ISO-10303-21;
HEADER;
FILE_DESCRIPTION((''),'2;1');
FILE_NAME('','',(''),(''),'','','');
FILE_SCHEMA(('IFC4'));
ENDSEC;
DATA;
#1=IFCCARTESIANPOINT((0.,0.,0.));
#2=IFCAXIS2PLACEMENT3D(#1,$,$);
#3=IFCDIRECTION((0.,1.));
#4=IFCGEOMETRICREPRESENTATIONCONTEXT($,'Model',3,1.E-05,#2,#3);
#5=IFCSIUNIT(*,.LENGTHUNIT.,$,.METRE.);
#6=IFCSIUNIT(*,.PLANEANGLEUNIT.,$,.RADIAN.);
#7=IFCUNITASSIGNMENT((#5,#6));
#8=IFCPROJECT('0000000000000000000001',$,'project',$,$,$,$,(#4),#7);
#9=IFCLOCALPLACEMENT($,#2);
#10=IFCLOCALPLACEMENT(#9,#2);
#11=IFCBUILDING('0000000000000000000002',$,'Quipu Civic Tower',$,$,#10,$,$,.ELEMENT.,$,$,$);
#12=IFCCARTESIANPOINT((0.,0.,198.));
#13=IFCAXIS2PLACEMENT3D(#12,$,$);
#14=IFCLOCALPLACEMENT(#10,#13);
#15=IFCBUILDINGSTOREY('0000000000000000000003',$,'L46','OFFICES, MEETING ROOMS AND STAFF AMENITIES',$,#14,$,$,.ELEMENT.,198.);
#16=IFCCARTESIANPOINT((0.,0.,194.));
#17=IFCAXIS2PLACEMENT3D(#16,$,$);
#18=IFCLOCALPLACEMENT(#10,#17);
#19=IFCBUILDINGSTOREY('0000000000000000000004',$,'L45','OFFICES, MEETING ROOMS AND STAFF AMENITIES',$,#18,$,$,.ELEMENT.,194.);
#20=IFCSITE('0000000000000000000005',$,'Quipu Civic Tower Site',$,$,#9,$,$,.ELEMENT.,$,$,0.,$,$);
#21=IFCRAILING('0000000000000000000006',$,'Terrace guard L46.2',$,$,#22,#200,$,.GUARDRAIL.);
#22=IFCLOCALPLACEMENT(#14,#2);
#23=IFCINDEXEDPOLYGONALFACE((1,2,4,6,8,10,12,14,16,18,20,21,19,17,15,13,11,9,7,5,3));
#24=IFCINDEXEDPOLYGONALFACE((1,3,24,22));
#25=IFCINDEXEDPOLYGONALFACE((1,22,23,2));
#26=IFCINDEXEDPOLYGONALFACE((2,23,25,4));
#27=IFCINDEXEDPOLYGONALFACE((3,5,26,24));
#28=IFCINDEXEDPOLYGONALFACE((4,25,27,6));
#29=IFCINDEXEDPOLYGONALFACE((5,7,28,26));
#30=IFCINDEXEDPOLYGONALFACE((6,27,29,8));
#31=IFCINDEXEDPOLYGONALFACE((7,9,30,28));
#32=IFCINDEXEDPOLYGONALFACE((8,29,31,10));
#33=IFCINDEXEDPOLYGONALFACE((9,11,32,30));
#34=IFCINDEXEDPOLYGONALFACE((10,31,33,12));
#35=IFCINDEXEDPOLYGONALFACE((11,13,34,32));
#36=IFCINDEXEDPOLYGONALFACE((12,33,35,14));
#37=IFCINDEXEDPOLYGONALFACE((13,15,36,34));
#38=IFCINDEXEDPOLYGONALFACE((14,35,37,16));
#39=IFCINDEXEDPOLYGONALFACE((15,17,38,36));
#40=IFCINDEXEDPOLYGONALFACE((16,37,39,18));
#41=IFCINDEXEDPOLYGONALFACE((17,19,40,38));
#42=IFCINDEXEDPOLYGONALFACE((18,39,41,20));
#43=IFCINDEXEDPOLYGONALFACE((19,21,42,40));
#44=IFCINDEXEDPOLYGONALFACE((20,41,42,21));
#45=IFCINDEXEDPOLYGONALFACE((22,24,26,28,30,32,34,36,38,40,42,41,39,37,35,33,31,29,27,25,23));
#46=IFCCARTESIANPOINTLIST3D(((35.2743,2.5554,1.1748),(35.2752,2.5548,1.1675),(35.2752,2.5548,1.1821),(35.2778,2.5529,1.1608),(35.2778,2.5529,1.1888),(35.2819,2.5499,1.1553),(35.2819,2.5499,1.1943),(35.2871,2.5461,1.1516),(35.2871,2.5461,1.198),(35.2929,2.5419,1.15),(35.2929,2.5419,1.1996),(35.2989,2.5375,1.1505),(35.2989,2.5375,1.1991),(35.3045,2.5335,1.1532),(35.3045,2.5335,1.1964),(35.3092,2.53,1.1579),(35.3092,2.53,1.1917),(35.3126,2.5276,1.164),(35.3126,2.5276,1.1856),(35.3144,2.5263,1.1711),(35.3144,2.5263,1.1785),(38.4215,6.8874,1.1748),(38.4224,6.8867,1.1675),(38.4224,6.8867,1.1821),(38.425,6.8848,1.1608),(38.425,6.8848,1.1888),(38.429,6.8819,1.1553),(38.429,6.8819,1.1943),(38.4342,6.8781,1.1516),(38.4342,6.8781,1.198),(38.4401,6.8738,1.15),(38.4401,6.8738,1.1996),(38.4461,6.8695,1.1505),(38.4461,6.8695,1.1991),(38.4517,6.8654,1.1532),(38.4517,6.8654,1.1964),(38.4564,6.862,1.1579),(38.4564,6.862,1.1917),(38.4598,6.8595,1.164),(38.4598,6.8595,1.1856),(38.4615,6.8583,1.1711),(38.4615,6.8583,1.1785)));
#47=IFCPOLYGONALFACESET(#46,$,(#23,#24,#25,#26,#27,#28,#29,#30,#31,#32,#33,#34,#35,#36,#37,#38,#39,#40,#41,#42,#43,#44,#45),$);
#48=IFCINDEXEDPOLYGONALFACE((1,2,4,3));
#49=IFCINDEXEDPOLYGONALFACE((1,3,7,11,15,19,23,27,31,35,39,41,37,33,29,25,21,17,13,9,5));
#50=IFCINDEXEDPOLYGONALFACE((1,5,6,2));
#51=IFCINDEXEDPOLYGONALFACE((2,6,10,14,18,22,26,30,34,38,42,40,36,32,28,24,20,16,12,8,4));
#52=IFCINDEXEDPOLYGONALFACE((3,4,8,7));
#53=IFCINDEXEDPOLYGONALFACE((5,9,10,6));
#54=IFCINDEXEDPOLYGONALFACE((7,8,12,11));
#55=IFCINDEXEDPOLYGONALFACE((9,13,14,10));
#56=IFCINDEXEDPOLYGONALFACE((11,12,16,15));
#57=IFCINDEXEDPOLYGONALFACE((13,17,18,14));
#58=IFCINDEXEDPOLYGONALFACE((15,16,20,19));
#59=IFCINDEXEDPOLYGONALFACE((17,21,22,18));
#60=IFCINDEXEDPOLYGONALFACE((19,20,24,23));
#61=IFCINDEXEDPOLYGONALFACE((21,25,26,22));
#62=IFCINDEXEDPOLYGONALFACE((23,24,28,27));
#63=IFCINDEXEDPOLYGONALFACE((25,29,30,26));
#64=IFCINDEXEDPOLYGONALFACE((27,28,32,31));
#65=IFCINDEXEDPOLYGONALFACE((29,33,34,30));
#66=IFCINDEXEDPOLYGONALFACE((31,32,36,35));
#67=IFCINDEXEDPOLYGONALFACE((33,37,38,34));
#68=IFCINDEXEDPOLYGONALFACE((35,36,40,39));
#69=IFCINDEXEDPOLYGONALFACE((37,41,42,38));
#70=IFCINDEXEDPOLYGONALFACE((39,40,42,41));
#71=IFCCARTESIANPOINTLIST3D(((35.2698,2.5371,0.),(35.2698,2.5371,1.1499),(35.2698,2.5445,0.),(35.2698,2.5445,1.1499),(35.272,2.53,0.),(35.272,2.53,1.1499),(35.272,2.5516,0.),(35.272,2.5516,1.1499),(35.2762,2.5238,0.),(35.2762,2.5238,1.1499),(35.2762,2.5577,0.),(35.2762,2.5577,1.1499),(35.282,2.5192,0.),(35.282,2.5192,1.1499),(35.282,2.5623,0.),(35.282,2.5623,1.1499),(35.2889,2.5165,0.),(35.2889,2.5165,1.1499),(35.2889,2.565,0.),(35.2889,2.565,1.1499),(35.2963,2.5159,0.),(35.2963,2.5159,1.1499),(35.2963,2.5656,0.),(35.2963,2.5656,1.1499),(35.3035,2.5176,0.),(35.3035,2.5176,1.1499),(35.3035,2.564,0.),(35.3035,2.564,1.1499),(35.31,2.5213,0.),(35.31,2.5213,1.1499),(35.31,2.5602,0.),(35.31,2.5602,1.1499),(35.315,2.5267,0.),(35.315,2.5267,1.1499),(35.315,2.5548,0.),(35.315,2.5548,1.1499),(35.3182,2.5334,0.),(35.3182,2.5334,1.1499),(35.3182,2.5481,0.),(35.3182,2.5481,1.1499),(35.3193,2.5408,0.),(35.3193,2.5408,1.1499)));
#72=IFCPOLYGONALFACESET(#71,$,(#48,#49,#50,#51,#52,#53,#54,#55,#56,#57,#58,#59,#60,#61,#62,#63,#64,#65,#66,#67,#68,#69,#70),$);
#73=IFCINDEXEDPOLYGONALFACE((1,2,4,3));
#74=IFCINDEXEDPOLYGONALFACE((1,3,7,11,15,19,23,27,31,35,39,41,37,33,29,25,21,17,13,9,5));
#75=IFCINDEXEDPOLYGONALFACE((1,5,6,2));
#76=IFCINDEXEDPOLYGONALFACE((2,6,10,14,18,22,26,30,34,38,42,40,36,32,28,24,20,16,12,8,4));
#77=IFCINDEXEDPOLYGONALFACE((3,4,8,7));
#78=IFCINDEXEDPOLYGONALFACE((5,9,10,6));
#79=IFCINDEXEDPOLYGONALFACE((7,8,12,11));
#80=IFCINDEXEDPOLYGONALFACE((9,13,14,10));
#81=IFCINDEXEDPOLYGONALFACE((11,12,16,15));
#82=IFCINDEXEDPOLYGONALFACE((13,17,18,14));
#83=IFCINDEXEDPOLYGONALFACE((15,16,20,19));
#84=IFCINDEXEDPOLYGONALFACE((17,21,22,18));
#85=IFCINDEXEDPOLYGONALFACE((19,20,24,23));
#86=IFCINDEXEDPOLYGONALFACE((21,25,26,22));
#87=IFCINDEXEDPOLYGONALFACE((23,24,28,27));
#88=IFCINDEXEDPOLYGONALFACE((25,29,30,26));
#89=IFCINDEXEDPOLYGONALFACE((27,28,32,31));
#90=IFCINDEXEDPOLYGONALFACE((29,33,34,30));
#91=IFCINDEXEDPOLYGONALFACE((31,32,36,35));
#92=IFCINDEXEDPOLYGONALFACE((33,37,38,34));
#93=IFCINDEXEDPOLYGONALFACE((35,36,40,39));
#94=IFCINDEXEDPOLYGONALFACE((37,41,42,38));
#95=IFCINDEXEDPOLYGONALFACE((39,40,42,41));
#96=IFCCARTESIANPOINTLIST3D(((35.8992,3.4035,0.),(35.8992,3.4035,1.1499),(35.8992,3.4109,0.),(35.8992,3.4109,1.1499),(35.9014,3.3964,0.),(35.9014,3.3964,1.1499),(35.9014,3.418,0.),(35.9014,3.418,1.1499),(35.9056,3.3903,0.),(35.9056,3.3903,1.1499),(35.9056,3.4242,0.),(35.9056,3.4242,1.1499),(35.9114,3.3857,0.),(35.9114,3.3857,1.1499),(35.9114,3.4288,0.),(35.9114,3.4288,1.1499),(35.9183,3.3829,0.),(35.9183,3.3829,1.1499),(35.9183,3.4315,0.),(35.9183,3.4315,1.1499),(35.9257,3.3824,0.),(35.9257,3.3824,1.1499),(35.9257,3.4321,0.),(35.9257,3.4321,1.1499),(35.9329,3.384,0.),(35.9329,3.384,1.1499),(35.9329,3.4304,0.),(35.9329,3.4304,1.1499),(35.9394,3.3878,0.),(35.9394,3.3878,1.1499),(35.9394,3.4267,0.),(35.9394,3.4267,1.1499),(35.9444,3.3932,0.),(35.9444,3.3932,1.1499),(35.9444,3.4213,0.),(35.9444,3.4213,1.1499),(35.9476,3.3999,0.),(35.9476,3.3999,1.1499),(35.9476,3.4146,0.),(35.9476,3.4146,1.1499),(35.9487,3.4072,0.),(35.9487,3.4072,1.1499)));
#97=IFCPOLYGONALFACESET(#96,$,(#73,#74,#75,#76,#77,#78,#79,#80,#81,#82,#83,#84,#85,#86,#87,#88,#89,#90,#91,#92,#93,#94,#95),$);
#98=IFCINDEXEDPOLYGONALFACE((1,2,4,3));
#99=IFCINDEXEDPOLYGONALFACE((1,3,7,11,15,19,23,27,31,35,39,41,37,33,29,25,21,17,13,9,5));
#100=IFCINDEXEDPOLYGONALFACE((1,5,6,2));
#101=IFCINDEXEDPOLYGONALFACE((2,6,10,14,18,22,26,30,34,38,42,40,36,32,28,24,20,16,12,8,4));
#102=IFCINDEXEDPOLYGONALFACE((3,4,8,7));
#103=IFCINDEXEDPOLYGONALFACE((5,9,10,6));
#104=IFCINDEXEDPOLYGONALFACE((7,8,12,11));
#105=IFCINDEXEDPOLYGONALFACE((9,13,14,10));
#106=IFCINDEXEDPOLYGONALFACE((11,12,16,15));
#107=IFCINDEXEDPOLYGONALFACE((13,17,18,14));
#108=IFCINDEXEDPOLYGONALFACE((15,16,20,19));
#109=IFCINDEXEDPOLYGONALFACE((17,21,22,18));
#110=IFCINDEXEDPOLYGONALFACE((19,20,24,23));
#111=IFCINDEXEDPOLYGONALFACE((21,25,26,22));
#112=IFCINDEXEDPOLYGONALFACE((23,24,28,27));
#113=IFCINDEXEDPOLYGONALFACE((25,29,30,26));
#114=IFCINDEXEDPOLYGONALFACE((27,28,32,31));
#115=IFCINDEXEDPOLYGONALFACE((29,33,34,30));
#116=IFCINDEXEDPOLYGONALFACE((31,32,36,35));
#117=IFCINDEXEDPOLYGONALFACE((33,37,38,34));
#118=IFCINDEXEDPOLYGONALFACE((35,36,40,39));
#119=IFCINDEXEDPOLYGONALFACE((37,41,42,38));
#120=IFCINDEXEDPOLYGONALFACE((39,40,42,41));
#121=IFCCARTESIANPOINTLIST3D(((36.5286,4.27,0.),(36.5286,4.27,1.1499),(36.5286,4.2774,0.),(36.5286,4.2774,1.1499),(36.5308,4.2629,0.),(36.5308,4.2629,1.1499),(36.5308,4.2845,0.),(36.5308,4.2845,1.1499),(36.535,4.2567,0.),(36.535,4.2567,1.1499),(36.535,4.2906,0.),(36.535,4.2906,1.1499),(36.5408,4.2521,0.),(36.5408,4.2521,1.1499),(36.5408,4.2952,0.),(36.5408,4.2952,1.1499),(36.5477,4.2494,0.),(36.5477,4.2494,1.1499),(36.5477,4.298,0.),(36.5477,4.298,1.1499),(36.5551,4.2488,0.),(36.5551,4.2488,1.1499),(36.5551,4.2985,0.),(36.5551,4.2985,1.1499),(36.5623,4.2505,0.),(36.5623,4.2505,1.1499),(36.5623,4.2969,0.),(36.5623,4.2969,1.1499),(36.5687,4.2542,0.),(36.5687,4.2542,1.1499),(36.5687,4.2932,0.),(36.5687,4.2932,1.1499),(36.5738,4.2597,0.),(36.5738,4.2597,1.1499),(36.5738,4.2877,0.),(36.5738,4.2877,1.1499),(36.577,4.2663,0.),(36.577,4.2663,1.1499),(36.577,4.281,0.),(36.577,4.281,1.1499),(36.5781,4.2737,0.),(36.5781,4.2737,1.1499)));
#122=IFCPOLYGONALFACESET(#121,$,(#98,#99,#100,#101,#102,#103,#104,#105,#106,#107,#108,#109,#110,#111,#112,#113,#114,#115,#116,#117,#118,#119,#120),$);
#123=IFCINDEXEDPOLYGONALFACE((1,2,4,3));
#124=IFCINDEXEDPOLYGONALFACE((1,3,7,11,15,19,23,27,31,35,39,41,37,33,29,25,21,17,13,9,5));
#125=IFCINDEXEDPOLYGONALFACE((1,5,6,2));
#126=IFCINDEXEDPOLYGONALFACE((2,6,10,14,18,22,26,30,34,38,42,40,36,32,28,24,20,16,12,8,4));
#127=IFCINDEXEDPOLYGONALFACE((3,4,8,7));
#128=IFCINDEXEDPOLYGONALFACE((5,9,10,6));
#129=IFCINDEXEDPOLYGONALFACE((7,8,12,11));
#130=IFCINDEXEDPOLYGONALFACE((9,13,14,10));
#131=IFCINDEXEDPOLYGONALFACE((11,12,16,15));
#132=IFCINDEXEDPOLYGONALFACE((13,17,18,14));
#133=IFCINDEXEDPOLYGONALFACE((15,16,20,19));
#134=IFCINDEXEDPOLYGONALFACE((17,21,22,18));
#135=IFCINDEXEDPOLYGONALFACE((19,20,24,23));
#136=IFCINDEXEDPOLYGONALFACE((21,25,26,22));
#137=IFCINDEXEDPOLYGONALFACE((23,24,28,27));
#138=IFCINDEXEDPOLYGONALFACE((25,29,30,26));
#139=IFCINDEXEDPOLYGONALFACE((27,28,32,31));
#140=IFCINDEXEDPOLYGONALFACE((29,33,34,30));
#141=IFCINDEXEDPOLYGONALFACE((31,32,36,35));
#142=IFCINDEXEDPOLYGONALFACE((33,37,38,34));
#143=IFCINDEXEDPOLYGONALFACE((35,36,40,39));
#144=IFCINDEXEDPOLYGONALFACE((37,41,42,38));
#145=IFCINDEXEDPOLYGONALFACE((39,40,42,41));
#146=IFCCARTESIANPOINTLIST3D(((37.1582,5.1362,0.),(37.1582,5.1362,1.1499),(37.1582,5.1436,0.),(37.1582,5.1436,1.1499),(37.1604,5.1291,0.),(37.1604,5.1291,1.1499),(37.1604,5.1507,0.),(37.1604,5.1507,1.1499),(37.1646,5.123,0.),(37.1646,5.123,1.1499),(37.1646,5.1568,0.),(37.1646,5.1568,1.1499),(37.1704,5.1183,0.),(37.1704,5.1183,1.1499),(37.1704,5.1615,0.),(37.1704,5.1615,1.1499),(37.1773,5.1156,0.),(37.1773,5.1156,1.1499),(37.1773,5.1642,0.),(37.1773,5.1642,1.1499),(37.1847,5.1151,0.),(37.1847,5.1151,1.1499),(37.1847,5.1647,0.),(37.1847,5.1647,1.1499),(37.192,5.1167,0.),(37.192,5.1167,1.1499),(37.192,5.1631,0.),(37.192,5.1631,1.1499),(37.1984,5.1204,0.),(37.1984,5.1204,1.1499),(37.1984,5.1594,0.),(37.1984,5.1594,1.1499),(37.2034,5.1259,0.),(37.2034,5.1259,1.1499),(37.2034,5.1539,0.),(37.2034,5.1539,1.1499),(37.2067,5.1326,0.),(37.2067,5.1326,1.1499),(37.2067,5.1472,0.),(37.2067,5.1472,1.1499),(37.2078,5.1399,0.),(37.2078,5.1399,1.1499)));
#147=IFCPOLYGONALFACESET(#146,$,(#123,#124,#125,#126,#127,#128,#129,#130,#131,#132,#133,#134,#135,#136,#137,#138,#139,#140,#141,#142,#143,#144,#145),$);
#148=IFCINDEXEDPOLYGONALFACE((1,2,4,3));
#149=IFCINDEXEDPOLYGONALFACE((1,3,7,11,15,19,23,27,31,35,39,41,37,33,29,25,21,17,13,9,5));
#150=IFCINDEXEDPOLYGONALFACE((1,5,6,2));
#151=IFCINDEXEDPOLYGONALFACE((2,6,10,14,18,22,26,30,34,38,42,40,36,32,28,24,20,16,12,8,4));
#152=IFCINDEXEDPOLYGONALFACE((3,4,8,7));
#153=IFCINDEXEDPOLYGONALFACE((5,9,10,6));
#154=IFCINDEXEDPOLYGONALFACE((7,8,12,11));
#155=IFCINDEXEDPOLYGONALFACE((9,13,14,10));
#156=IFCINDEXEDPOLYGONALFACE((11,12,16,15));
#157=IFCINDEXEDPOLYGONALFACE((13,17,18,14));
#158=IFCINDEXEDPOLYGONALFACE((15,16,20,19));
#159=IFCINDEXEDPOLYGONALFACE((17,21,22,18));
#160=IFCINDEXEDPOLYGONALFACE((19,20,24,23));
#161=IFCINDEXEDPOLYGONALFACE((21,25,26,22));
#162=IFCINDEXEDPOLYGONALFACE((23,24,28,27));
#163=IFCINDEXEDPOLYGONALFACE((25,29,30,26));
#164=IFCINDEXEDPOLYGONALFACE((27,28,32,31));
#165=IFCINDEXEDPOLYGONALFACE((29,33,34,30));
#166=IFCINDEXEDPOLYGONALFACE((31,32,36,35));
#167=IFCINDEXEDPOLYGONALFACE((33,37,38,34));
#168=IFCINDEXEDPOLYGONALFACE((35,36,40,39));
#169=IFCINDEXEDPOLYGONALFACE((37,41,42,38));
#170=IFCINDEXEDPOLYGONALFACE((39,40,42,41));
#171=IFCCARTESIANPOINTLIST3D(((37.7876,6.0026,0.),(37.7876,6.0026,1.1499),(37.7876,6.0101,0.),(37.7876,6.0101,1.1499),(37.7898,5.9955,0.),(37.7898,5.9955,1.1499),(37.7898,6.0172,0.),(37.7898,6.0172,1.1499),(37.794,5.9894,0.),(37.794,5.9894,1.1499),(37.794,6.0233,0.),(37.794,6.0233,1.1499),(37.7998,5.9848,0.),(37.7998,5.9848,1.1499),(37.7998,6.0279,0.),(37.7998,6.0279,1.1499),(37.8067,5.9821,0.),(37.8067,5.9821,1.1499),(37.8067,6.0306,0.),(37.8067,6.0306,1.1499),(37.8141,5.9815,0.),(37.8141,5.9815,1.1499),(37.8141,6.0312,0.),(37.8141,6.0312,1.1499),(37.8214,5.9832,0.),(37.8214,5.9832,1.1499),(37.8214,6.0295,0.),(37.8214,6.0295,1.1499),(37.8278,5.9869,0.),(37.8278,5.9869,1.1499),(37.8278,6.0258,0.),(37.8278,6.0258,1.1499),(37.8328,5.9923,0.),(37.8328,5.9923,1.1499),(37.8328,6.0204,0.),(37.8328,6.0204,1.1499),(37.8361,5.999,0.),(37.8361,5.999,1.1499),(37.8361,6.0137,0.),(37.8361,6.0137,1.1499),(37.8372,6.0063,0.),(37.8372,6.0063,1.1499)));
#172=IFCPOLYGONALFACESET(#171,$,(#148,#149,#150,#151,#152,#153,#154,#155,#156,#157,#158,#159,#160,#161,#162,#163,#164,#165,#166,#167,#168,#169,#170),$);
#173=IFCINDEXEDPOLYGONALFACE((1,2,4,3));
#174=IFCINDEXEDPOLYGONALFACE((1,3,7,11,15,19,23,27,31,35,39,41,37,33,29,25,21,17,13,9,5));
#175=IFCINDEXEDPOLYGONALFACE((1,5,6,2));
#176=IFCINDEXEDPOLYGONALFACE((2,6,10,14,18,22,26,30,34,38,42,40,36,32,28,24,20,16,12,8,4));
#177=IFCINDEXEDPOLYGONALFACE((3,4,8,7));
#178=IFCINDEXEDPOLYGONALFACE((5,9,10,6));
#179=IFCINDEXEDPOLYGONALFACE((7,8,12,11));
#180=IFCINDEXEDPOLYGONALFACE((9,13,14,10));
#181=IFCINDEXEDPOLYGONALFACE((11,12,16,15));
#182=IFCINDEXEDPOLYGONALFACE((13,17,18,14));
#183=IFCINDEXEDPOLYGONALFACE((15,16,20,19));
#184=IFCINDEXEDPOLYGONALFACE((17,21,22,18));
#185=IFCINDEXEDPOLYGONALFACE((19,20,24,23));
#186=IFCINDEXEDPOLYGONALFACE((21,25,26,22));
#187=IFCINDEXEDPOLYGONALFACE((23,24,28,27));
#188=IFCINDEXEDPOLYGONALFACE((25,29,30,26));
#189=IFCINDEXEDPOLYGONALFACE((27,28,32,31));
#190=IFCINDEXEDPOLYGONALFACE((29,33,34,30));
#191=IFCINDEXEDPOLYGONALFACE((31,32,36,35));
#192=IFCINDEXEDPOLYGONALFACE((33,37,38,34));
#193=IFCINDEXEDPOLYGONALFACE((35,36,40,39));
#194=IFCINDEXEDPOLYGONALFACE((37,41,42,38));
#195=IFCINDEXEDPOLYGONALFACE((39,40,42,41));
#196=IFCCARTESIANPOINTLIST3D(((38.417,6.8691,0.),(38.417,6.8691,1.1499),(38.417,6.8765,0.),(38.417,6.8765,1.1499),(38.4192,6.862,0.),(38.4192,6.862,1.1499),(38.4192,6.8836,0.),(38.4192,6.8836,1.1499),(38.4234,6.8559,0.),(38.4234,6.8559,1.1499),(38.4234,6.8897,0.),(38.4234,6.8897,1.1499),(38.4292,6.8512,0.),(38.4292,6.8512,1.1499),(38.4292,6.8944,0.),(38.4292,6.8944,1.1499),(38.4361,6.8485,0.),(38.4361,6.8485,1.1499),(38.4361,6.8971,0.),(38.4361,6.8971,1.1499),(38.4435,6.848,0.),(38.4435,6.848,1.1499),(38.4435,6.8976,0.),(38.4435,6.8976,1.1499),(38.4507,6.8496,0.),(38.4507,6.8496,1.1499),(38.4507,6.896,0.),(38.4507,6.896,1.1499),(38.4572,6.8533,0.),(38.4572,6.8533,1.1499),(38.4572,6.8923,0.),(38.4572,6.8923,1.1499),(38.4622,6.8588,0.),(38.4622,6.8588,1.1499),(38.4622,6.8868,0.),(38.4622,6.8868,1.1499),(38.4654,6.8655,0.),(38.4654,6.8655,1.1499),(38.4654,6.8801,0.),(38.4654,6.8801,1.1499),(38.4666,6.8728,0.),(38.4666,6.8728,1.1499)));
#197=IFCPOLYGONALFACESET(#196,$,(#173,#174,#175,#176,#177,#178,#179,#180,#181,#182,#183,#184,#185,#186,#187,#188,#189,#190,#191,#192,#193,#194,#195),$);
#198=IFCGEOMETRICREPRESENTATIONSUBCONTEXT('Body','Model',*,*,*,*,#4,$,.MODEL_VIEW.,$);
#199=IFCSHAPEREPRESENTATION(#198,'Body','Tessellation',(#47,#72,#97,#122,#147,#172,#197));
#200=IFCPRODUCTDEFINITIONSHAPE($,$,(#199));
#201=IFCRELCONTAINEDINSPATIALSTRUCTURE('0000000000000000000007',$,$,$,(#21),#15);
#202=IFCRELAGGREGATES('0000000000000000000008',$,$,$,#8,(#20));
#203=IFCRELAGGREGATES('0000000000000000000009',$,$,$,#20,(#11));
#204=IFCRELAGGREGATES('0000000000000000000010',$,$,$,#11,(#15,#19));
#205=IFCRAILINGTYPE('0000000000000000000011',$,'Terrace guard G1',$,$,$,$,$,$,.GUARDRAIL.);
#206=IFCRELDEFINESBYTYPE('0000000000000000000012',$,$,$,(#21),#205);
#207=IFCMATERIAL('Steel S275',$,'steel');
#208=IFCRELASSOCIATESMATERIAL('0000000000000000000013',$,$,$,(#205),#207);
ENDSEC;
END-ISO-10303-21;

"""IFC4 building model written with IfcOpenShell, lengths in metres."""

from ifc_helpers import new_model, si_unit, direction, frame, origin, origin_2d, place, context, subcontext, project, spatial, circle, extrude, material, type_object, element, save


model = new_model("IFC4")

# Units and contexts
model_context = context("Model", 3, precision=1e-05, world=origin(), true_north=direction((0.0, 1.0)))
body_context = subcontext(model_context, "Body", "Model", "MODEL_VIEW")
ifc_project = project(units=[si_unit("LENGTHUNIT", "METRE"), si_unit("PLANEANGLEUNIT", "RADIAN")], contexts=[model_context])

# Site, building, storey
site_placement = place(None, origin())
site = spatial("IfcSite", under=ifc_project, at=site_placement, Name="Quipu Civic Tower Site", CompositionType="ELEMENT", RefElevation=0.0)
building_placement = place(site_placement, origin())
building = spatial("IfcBuilding", under=site, at=building_placement, Name="Quipu Civic Tower", CompositionType="ELEMENT")
storey_1_placement = place(building_placement, frame((0.0, 0.0, 198.0)))
storey_1 = spatial("IfcBuildingStorey", under=building, at=storey_1_placement, Name="L46", Description="OFFICES, MEETING ROOMS AND STAFF AMENITIES", CompositionType="ELEMENT", Elevation=198.0)

# Shared definitions
storey_2_placement = place(building_placement, frame((0.0, 0.0, 194.0)))
storey_2 = spatial("IfcBuildingStorey", under=building, at=storey_2_placement, Name="L45", Description="OFFICES, MEETING ROOMS AND STAFF AMENITIES", CompositionType="ELEMENT", Elevation=194.0)

# Railing
ifc_material_1 = material(Name="Steel S275", Category="steel")
railing_type = type_object("IfcRailingType", Name="Terrace guard G1", PredefinedType="GUARDRAIL", material=ifc_material_1)
railing_1_placement = place(storey_1_placement, frame((35.2944, 2.5408, 0.0)))
element("IfcRailing", 1, at=railing_1_placement, inside=storey_1, type_object=railing_type, Name="Terrace guard L46.2", PredefinedType="GUARDRAIL", context=body_context, shape_type="SweptSolid", body=[
    extrude(circle(Radius=0.0249, at=origin_2d()), frame((0.0, 0.0, 1.1748), z_axis=(0.587762, 0.809034, 0.0), x_axis=(-0.809034, 0.587762, 0.0)), (0.0, 0.0, 1.0), 5.3545),
    extrude(circle(Radius=0.0249, at=origin_2d()), origin(), (0.0, 0.0, 1.0), 1.1499),
    extrude(circle(Radius=0.0249, at=origin_2d()), frame((0.6294, 0.8665, 0.0)), (0.0, 0.0, 1.0), 1.1499),
    extrude(circle(Radius=0.0249, at=origin_2d()), frame((1.2588, 1.7329, 0.0)), (0.0, 0.0, 1.0), 1.1499),
    extrude(circle(Radius=0.0249, at=origin_2d()), frame((1.8884, 2.5991, 0.0)), (0.0, 0.0, 1.0), 1.1499),
    extrude(circle(Radius=0.0249, at=origin_2d()), frame((2.5178, 3.4656, 0.0)), (0.0, 0.0, 1.0), 1.1499),
    extrude(circle(Radius=0.0249, at=origin_2d()), frame((3.1472, 4.332, 0.0)), (0.0, 0.0, 1.0), 1.1499),
])

save(model, "model.ifc")
